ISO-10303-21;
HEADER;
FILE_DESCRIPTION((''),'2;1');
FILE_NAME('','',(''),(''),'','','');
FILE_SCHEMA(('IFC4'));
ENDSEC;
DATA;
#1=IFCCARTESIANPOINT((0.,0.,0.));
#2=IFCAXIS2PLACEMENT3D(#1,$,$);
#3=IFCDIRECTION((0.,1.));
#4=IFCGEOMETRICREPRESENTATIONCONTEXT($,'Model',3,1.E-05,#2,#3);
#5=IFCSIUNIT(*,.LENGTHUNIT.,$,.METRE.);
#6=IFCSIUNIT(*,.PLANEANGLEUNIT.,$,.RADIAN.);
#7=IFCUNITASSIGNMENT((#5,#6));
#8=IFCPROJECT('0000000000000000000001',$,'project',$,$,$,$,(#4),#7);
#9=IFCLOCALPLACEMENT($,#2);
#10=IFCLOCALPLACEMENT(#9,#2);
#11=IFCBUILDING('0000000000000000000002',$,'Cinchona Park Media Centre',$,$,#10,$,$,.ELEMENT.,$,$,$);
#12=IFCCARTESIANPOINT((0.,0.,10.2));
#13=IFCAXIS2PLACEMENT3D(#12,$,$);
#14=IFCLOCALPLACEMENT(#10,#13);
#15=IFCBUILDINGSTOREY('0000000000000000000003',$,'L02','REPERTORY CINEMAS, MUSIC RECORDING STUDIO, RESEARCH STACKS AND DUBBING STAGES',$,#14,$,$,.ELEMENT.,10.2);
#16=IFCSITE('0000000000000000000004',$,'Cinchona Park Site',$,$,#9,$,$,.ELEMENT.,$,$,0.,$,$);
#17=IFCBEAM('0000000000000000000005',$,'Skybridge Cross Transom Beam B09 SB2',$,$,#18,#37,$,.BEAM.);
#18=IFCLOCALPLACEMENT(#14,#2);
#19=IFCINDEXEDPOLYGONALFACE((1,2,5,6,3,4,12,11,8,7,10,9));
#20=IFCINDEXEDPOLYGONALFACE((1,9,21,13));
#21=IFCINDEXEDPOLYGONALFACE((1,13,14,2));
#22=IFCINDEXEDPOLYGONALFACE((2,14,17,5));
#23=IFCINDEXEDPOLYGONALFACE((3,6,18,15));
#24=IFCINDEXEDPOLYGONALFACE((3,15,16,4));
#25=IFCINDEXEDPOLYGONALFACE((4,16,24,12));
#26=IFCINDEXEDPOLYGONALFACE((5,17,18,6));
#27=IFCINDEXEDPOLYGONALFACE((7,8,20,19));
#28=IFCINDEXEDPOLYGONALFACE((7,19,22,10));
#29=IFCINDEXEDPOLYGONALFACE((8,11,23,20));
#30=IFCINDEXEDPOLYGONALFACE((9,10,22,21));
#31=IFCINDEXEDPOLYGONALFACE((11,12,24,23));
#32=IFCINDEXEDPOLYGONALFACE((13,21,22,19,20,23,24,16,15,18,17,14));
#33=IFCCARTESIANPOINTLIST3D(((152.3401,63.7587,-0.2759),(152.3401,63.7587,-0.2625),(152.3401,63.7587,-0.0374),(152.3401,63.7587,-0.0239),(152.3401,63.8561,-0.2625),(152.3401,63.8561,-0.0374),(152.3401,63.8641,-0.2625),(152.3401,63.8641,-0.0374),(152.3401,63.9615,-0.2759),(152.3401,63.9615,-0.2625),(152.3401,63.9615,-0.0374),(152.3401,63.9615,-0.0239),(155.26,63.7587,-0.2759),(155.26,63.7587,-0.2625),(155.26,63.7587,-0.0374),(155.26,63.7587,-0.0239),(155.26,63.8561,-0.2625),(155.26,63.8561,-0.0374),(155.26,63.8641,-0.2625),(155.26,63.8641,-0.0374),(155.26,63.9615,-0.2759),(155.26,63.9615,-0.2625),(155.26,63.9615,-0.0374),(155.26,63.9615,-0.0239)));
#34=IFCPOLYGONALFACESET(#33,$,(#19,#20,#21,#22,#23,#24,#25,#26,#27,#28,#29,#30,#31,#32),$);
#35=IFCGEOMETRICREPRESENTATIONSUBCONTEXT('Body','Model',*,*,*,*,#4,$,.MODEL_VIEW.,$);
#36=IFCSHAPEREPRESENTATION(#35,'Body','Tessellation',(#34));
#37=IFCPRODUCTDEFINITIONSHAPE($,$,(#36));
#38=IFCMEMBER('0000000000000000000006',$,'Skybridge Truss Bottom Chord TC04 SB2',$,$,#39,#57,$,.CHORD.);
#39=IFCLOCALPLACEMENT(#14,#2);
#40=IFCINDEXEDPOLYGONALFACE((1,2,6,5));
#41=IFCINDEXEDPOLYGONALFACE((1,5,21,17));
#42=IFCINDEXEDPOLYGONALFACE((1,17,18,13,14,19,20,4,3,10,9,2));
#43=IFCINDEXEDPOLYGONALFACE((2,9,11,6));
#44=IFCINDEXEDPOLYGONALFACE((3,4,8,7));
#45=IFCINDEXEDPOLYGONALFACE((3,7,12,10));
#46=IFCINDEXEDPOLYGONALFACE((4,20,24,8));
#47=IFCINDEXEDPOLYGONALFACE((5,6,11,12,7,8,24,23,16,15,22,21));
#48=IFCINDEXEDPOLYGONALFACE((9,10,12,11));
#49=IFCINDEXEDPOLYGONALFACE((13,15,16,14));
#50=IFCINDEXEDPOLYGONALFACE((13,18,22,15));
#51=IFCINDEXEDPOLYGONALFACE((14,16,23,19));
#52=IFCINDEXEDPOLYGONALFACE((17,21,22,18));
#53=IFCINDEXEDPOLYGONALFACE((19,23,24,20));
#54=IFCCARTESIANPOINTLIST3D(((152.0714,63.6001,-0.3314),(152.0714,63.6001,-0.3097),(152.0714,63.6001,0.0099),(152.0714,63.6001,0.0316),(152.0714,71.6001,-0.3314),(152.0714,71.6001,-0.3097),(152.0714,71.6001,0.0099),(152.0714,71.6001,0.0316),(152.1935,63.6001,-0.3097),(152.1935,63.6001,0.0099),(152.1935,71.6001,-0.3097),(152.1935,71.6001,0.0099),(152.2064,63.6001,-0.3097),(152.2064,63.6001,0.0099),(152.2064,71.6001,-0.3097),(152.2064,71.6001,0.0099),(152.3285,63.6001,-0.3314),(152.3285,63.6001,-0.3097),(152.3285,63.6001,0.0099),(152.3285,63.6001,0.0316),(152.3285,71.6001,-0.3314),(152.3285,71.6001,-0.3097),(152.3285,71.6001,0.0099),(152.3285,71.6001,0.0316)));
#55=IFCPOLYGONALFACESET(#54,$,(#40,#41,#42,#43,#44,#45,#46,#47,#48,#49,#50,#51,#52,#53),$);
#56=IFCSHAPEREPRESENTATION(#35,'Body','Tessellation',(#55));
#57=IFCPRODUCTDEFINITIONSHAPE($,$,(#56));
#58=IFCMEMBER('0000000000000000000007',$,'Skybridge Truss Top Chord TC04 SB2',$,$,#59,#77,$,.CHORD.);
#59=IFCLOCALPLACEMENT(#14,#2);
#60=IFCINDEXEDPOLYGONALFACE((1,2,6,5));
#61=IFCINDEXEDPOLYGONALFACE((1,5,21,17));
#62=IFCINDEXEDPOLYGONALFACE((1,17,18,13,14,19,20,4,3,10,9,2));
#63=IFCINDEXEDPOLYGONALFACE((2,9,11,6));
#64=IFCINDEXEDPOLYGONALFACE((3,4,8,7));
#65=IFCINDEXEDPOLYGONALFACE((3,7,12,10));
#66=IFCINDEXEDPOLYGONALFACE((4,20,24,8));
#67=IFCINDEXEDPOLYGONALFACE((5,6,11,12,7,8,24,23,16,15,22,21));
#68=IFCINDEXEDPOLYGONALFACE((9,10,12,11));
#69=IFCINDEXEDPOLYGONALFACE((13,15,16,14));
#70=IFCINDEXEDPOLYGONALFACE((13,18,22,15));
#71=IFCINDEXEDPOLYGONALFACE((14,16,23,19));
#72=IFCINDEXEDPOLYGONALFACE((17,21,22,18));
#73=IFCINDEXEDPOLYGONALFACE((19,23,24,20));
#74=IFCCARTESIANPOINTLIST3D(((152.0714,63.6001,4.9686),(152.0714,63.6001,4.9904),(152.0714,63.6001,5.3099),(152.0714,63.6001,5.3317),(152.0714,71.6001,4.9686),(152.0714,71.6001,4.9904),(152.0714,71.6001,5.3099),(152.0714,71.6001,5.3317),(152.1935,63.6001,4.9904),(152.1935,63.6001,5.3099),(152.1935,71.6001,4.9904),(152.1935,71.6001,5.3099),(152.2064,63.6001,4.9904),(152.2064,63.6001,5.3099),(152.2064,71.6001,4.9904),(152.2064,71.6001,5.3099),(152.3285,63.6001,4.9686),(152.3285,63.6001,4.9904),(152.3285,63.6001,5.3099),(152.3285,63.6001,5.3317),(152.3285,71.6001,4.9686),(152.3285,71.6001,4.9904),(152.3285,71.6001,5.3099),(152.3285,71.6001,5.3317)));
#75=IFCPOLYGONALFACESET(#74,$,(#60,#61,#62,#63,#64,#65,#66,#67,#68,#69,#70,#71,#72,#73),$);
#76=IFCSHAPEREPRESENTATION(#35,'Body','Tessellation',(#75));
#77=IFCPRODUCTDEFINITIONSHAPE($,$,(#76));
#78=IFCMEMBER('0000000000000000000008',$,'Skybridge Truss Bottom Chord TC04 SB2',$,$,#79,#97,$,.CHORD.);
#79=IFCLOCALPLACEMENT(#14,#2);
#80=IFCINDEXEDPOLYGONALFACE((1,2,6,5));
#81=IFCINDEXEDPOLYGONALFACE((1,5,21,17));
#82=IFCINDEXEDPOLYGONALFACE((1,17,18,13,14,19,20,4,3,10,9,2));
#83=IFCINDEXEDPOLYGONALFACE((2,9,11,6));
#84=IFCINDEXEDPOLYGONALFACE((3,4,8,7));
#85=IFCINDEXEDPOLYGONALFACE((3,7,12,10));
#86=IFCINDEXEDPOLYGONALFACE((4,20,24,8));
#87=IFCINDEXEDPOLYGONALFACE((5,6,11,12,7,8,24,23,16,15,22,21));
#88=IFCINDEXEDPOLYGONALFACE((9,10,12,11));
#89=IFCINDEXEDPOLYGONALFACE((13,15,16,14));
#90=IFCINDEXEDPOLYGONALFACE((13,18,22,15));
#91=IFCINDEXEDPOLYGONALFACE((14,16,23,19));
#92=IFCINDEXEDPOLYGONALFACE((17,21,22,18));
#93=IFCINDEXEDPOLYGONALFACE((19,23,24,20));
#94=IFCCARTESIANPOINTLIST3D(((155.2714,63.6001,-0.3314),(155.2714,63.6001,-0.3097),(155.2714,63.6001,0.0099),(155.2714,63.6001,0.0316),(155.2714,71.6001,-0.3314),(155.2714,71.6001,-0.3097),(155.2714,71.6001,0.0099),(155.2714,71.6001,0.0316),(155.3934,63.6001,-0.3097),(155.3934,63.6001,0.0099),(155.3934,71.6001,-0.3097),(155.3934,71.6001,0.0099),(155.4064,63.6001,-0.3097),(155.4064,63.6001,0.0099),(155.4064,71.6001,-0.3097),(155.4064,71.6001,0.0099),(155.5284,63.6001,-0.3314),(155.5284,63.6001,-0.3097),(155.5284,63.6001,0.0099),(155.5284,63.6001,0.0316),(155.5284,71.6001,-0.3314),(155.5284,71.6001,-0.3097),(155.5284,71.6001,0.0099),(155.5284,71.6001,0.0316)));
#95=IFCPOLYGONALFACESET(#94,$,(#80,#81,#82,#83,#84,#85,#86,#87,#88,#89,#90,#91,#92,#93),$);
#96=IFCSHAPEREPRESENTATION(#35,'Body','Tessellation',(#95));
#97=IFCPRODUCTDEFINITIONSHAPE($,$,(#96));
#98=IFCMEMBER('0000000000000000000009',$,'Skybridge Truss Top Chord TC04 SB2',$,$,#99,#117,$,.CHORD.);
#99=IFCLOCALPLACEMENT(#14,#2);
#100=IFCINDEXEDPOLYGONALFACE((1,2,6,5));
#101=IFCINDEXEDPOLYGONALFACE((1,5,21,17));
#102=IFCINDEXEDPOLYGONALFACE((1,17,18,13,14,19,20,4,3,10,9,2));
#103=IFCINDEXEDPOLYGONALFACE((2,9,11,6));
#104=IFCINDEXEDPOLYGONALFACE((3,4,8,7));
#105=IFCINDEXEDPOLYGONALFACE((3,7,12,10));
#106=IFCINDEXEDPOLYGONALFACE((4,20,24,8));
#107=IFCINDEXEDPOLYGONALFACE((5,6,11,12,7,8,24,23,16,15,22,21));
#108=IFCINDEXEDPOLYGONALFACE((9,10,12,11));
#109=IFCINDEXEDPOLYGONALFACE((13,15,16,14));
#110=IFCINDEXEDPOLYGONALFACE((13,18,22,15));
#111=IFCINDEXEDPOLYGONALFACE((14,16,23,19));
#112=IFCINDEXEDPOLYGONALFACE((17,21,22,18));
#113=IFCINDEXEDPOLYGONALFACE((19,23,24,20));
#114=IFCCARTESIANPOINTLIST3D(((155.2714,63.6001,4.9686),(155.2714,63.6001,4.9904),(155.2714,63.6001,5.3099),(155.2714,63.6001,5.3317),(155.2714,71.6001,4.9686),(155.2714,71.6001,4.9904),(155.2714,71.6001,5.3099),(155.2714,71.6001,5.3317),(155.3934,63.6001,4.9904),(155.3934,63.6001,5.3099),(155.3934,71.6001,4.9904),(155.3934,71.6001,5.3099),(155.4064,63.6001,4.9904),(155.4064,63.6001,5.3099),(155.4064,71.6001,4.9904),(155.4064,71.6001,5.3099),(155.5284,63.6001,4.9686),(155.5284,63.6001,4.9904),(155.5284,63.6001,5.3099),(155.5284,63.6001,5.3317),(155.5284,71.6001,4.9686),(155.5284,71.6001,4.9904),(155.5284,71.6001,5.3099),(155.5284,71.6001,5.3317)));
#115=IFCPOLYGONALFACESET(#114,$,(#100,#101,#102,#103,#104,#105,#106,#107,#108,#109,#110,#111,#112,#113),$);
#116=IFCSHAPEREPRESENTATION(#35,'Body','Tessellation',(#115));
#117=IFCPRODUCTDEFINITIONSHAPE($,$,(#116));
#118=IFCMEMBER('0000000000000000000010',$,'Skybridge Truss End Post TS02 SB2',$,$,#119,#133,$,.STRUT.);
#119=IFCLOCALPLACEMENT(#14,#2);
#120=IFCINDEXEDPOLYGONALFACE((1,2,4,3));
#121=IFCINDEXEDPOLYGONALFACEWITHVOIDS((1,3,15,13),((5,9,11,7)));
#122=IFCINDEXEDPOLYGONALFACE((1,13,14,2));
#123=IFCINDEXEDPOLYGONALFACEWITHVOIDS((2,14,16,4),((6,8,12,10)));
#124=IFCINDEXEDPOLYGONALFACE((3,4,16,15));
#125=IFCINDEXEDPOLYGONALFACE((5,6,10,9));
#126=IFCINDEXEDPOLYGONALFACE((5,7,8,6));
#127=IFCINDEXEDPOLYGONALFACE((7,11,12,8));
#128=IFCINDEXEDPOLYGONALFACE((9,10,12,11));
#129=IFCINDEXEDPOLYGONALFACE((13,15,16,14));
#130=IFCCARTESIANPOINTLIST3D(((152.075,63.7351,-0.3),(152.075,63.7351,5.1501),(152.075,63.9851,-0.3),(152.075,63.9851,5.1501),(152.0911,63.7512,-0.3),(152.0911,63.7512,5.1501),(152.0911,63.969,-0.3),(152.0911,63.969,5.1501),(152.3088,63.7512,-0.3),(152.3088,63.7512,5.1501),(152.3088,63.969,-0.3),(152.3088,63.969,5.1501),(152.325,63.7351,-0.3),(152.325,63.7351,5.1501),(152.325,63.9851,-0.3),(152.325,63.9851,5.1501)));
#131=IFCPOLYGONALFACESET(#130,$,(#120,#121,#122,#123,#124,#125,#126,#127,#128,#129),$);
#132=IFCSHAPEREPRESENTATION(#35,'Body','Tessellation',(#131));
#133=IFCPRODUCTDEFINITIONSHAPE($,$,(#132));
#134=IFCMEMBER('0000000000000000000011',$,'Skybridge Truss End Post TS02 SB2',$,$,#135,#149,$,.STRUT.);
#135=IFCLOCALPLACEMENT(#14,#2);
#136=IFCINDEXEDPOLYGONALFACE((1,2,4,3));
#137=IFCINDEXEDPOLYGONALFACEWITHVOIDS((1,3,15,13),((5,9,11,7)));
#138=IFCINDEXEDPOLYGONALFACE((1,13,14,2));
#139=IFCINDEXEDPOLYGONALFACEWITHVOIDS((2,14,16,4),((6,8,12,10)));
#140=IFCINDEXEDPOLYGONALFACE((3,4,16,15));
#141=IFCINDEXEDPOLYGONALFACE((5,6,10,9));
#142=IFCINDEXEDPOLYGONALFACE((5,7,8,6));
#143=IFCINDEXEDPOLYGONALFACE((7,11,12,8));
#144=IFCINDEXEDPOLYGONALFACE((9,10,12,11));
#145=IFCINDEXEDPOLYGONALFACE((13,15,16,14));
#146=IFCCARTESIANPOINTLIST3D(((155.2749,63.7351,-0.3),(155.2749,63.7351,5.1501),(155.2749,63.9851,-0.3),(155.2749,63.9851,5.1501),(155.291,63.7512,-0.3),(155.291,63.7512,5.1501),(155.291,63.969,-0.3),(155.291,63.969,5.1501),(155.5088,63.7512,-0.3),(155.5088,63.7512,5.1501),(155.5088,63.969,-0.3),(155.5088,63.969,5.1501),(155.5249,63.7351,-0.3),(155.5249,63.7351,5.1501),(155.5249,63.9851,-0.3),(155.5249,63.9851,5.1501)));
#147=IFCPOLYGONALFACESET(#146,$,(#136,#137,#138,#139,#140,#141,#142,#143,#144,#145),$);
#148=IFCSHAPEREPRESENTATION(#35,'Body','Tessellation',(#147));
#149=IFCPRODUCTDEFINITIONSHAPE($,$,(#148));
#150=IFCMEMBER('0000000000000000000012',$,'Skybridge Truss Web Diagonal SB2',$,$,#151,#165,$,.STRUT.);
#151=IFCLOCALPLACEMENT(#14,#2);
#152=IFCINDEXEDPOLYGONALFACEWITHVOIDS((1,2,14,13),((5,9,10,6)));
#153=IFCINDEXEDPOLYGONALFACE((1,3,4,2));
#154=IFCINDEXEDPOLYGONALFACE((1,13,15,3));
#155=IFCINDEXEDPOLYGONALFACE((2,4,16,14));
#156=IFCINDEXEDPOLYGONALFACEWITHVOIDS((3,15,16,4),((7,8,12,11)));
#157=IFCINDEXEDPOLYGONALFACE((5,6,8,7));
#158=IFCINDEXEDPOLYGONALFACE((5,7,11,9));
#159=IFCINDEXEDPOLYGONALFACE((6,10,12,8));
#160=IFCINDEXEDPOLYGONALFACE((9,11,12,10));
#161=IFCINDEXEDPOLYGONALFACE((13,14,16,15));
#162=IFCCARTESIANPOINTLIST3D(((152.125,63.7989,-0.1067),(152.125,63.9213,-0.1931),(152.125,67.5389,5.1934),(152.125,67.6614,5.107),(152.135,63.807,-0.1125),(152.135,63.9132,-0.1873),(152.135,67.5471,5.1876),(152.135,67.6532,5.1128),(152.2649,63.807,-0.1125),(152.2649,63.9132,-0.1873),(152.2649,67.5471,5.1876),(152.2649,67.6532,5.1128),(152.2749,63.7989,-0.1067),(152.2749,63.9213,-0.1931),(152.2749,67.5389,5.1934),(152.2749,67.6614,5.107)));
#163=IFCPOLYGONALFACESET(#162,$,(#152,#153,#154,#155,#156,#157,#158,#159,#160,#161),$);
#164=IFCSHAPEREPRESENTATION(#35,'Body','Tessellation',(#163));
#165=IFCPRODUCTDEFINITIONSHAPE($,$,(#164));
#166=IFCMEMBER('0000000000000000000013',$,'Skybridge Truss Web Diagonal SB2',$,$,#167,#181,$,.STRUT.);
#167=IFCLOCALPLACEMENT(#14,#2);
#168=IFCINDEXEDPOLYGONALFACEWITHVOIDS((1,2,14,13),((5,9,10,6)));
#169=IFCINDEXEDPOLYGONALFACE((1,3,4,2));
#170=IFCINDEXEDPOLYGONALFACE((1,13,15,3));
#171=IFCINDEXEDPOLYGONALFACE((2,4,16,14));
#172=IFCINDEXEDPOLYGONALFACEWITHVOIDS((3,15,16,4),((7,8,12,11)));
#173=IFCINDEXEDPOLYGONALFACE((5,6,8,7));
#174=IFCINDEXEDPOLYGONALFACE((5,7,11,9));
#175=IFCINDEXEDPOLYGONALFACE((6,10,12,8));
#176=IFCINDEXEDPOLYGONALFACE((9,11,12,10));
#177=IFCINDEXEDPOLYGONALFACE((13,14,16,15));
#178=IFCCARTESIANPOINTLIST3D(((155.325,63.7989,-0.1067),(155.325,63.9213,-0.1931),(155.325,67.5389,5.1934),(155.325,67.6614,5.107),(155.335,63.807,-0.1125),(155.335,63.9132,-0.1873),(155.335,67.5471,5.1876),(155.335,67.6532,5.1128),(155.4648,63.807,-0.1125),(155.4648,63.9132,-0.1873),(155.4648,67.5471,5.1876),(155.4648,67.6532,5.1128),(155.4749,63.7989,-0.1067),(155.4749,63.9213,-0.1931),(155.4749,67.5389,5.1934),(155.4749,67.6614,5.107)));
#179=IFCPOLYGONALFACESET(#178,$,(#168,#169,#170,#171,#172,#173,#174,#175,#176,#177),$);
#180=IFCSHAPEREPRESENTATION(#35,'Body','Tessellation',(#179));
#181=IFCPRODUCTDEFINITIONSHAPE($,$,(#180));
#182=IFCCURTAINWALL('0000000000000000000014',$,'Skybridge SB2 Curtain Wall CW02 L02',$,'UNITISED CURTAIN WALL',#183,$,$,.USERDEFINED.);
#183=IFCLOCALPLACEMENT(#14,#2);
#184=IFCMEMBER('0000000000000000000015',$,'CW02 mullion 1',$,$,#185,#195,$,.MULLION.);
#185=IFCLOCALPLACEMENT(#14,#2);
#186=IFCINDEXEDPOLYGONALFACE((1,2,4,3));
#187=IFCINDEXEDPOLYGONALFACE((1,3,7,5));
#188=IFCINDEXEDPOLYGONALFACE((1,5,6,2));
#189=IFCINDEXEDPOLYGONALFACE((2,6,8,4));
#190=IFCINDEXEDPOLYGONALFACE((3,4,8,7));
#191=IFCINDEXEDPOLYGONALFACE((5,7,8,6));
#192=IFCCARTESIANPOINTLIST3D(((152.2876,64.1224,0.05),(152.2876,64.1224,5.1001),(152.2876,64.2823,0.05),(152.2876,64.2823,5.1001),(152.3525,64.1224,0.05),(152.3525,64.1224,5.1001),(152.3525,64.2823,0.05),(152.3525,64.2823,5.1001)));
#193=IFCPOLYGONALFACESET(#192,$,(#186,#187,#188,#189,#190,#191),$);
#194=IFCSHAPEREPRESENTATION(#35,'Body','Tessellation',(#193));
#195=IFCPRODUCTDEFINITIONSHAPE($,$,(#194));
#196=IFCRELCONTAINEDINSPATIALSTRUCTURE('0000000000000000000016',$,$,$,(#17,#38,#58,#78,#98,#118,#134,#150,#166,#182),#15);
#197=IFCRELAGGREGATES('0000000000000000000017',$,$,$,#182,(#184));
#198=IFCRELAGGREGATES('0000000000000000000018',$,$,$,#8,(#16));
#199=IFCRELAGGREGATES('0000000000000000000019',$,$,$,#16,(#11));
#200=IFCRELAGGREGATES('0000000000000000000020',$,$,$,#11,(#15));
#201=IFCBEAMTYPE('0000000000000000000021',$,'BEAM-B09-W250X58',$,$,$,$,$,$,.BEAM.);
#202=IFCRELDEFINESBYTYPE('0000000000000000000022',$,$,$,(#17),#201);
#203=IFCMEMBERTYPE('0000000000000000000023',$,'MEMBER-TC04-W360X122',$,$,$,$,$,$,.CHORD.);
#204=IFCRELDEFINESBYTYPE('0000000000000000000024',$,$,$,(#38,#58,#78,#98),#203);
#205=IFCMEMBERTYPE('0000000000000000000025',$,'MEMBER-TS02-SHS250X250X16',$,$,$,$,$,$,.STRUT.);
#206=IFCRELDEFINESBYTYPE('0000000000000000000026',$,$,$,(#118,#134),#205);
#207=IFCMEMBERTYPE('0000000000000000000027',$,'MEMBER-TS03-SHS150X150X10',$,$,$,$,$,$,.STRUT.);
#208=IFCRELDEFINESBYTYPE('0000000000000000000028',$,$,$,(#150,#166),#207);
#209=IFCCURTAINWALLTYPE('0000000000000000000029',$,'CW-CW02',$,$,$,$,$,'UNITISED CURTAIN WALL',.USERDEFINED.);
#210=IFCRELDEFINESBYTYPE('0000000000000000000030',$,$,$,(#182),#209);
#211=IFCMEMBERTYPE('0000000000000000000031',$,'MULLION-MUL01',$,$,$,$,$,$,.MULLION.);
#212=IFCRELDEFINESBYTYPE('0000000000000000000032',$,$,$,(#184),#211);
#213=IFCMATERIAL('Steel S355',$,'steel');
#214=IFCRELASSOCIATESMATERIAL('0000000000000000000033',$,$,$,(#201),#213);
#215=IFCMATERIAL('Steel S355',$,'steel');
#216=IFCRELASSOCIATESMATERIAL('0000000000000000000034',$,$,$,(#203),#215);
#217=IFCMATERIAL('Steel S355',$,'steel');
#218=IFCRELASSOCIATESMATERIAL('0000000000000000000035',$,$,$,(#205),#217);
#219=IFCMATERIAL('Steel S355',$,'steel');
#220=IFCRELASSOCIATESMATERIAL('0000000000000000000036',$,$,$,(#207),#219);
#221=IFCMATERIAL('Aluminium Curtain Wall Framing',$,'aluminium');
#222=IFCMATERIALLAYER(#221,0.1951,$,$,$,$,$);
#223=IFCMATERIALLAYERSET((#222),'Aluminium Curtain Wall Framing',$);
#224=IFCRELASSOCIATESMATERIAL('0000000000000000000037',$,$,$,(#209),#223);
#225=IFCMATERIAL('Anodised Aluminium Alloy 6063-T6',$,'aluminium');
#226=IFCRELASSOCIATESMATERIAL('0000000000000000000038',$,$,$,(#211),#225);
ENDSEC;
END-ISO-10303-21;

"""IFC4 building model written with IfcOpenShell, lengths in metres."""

from ifc_helpers import new_model, si_unit, direction, frame, origin, origin_2d, place, context, subcontext, project, spatial, rectangle, hollow_rectangle, i_section, extrude, material, layer, layer_set, material_profile, profile_set, type_object, element, aggregate, save


model = new_model("IFC4")

# Units and contexts
model_context = context("Model", 3, precision=1e-05, world=origin(), true_north=direction((0.0, 1.0)))
body_context = subcontext(model_context, "Body", "Model", "MODEL_VIEW")
ifc_project = project(units=[si_unit("LENGTHUNIT", "METRE"), si_unit("PLANEANGLEUNIT", "RADIAN")], contexts=[model_context])

# Site, building, storey
site_placement = place(None, origin())
site = spatial("IfcSite", under=ifc_project, at=site_placement, Name="Cinchona Park Site", CompositionType="ELEMENT", RefElevation=0.0)
building_placement = place(site_placement, origin())
building = spatial("IfcBuilding", under=site, at=building_placement, Name="Cinchona Park Media Centre", CompositionType="ELEMENT")
storey_placement = place(building_placement, frame((0.0, 0.0, 10.2)))
storey = spatial("IfcBuildingStorey", under=building, at=storey_placement, Name="L02", Description="REPERTORY CINEMAS, MUSIC RECORDING STUDIO, RESEARCH STACKS AND DUBBING STAGES", CompositionType="ELEMENT", Elevation=10.2)

# Beam
ifc_material_1 = material(Name="Steel S355", Category="steel")
ifc_material_profile_1 = material_profile(ifc_material_1, i_section(OverallWidth=0.2029, OverallDepth=0.252, WebThickness=0.0081, FlangeThickness=0.0134, at=origin_2d()), Name="W250X58")
ifc_profile_set_1 = profile_set([ifc_material_profile_1], Name="Steel S355")
beam_type = type_object("IfcBeamType", Name="BEAM-B09-W250X58", PredefinedType="BEAM", material=ifc_profile_set_1)
beam_placement = place(storey_placement, frame((152.3401, 63.8601, -0.1499), z_axis=(1.0, 0.0, 0.0), x_axis=(0.0, 1.0, 0.0)))
element("IfcBeam", 1, at=beam_placement, inside=storey, type_object=beam_type, Name="Skybridge Cross Transom Beam B09 SB2", PredefinedType="BEAM", context=body_context, shape_type="SweptSolid", body=[
    extrude(i_section(OverallWidth=0.2029, OverallDepth=0.252, WebThickness=0.0081, FlangeThickness=0.0134, at=origin_2d()), origin(), (0.0, 0.0, 1.0), 2.9199),
])

# Members
ifc_material_2 = material(Name="Steel S355", Category="steel")
ifc_material_profile_2 = material_profile(ifc_material_2, i_section(OverallWidth=0.2571, OverallDepth=0.363, WebThickness=0.0129, FlangeThickness=0.0217, at=origin_2d()), Name="W360X122")
ifc_profile_set_2 = profile_set([ifc_material_profile_2], Name="Steel S355")
member_type_1 = type_object("IfcMemberType", Name="MEMBER-TC04-W360X122", PredefinedType="CHORD", material=ifc_profile_set_2)
for number, where, z_axis, x_axis, name in (
    (2, (152.2, 63.6001, -0.1499), (0.0, 1.0, 0.0), (-1.0, 0.0, 0.0), "Skybridge Truss Bottom Chord TC04 SB2"),
    (3, (152.2, 63.6001, 5.1501), (0.0, 1.0, 0.0), (-1.0, 0.0, 0.0), "Skybridge Truss Top Chord TC04 SB2"),
    (4, (155.3999, 63.6001, -0.1499), (0.0, 1.0, 0.0), (-1.0, 0.0, 0.0), "Skybridge Truss Bottom Chord TC04 SB2"),
    (5, (155.3999, 63.6001, 5.1501), (0.0, 1.0, 0.0), (-1.0, 0.0, 0.0), "Skybridge Truss Top Chord TC04 SB2"),
):
    element("IfcMember", number, at=place(storey_placement, frame(where, z_axis=z_axis, x_axis=x_axis)), inside=storey, type_object=member_type_1, Name=name, PredefinedType="CHORD", context=body_context, shape_type="SweptSolid", body=[
        extrude(i_section(OverallWidth=0.2571, OverallDepth=0.363, WebThickness=0.0129, FlangeThickness=0.0217, at=origin_2d()), origin(), (0.0, 0.0, 1.0), 8.0),
    ])
ifc_material_3 = material(Name="Steel S355", Category="steel")
ifc_material_profile_3 = material_profile(ifc_material_3, hollow_rectangle(XDim=0.25, YDim=0.25, WallThickness=0.0161, at=origin_2d()), Name="250X250X16SHS")
ifc_profile_set_3 = profile_set([ifc_material_profile_3], Name="Steel S355")
member_type_2 = type_object("IfcMemberType", Name="MEMBER-TS02-SHS250X250X16", PredefinedType="STRUT", material=ifc_profile_set_3)
for number, where, z_axis, x_axis, name in (
    (6, (152.2, 63.8601, -0.3), (0.0, 0.0, 1.0), (1.0, 0.0, 0.0), "Skybridge Truss End Post TS02 SB2"),
    (7, (155.3999, 63.8601, -0.3), (0.0, 0.0, 1.0), (1.0, 0.0, 0.0), "Skybridge Truss End Post TS02 SB2"),
):
    element("IfcMember", number, at=place(storey_placement, frame(where, z_axis=z_axis, x_axis=x_axis)), inside=storey, type_object=member_type_2, Name=name, PredefinedType="STRUT", context=body_context, shape_type="SweptSolid", body=[
        extrude(hollow_rectangle(XDim=0.25, YDim=0.25, WallThickness=0.0161, at=origin_2d()), origin(), (0.0, 0.0, 1.0), 5.4502),
    ])
ifc_material_4 = material(Name="Steel S355", Category="steel")
ifc_material_profile_4 = material_profile(ifc_material_4, hollow_rectangle(XDim=0.1499, YDim=0.1499, WallThickness=0.01, at=origin_2d()), Name="150X150X10SHS")
ifc_profile_set_4 = profile_set([ifc_material_profile_4], Name="Steel S355")
member_type_3 = type_object("IfcMemberType", Name="MEMBER-TS03-SHS150X150X10", PredefinedType="STRUT", material=ifc_profile_set_4)
for number, where, z_axis, x_axis, name in (
    (8, (152.2, 63.8601, -0.1499), (0.0, 0.576558, 0.817057), (-1.0, 0.0, 0.0), "Skybridge Truss Web Diagonal SB2"),
    (9, (155.3999, 63.8601, -0.1499), (0.0, 0.576558, 0.817057), (-1.0, 0.0, 0.0), "Skybridge Truss Web Diagonal SB2"),
):
    element("IfcMember", number, at=place(storey_placement, frame(where, z_axis=z_axis, x_axis=x_axis)), inside=storey, type_object=member_type_3, Name=name, PredefinedType="STRUT", context=body_context, shape_type="SweptSolid", body=[
        extrude(hollow_rectangle(XDim=0.1499, YDim=0.1499, WallThickness=0.01, at=origin_2d()), origin(), (0.0, 0.0, 1.0), 6.4868),
    ])

# Curtain wall, member
ifc_material_5 = material(Name="Aluminium Curtain Wall Framing", Category="aluminium")
ifc_layer_1 = layer(ifc_material_5, 0.1951)
ifc_layer_set_1 = layer_set([ifc_layer_1], Name="Aluminium Curtain Wall Framing")
curtain_wall_type = type_object("IfcCurtainWallType", Name="CW-CW02", ElementType="UNITISED CURTAIN WALL", PredefinedType="USERDEFINED", material=ifc_layer_set_1)
curtain_wall_1_placement = place(storey_placement, origin())
curtain_wall_1 = element("IfcCurtainWall", 10, at=curtain_wall_1_placement, inside=storey, type_object=curtain_wall_type, Name="Skybridge SB2 Curtain Wall CW02 L02", ObjectType="UNITISED CURTAIN WALL", PredefinedType="USERDEFINED")
ifc_material_6 = material(Name="Anodised Aluminium Alloy 6063-T6", Category="aluminium")
ifc_material_profile_5 = material_profile(ifc_material_6, rectangle(XDim=0.0649, YDim=0.1599, at=origin_2d()), Name="MUL-65X160")
ifc_profile_set_5 = profile_set([ifc_material_profile_5], Name="Anodised Aluminium Alloy 6063-T6")
member_type_4 = type_object("IfcMemberType", Name="MULLION-MUL01", PredefinedType="MULLION", material=ifc_profile_set_5)
member_1_placement = place(storey_placement, frame((152.3201, 64.2024, 0.05), z_axis=(0.0, 0.0, 1.0), x_axis=(-1.0, 0.0, 0.0)))
member_1 = element("IfcMember", 11, at=member_1_placement, type_object=member_type_4, Name="CW02 mullion 1", PredefinedType="MULLION", context=body_context, shape_type="SweptSolid", body=[
    extrude(rectangle(XDim=0.0649, YDim=0.1599, at=origin_2d()), origin(), (0.0, 0.0, 1.0), 5.05),
])

aggregate(curtain_wall_1, [member_1])

save(model, "model.ifc")
